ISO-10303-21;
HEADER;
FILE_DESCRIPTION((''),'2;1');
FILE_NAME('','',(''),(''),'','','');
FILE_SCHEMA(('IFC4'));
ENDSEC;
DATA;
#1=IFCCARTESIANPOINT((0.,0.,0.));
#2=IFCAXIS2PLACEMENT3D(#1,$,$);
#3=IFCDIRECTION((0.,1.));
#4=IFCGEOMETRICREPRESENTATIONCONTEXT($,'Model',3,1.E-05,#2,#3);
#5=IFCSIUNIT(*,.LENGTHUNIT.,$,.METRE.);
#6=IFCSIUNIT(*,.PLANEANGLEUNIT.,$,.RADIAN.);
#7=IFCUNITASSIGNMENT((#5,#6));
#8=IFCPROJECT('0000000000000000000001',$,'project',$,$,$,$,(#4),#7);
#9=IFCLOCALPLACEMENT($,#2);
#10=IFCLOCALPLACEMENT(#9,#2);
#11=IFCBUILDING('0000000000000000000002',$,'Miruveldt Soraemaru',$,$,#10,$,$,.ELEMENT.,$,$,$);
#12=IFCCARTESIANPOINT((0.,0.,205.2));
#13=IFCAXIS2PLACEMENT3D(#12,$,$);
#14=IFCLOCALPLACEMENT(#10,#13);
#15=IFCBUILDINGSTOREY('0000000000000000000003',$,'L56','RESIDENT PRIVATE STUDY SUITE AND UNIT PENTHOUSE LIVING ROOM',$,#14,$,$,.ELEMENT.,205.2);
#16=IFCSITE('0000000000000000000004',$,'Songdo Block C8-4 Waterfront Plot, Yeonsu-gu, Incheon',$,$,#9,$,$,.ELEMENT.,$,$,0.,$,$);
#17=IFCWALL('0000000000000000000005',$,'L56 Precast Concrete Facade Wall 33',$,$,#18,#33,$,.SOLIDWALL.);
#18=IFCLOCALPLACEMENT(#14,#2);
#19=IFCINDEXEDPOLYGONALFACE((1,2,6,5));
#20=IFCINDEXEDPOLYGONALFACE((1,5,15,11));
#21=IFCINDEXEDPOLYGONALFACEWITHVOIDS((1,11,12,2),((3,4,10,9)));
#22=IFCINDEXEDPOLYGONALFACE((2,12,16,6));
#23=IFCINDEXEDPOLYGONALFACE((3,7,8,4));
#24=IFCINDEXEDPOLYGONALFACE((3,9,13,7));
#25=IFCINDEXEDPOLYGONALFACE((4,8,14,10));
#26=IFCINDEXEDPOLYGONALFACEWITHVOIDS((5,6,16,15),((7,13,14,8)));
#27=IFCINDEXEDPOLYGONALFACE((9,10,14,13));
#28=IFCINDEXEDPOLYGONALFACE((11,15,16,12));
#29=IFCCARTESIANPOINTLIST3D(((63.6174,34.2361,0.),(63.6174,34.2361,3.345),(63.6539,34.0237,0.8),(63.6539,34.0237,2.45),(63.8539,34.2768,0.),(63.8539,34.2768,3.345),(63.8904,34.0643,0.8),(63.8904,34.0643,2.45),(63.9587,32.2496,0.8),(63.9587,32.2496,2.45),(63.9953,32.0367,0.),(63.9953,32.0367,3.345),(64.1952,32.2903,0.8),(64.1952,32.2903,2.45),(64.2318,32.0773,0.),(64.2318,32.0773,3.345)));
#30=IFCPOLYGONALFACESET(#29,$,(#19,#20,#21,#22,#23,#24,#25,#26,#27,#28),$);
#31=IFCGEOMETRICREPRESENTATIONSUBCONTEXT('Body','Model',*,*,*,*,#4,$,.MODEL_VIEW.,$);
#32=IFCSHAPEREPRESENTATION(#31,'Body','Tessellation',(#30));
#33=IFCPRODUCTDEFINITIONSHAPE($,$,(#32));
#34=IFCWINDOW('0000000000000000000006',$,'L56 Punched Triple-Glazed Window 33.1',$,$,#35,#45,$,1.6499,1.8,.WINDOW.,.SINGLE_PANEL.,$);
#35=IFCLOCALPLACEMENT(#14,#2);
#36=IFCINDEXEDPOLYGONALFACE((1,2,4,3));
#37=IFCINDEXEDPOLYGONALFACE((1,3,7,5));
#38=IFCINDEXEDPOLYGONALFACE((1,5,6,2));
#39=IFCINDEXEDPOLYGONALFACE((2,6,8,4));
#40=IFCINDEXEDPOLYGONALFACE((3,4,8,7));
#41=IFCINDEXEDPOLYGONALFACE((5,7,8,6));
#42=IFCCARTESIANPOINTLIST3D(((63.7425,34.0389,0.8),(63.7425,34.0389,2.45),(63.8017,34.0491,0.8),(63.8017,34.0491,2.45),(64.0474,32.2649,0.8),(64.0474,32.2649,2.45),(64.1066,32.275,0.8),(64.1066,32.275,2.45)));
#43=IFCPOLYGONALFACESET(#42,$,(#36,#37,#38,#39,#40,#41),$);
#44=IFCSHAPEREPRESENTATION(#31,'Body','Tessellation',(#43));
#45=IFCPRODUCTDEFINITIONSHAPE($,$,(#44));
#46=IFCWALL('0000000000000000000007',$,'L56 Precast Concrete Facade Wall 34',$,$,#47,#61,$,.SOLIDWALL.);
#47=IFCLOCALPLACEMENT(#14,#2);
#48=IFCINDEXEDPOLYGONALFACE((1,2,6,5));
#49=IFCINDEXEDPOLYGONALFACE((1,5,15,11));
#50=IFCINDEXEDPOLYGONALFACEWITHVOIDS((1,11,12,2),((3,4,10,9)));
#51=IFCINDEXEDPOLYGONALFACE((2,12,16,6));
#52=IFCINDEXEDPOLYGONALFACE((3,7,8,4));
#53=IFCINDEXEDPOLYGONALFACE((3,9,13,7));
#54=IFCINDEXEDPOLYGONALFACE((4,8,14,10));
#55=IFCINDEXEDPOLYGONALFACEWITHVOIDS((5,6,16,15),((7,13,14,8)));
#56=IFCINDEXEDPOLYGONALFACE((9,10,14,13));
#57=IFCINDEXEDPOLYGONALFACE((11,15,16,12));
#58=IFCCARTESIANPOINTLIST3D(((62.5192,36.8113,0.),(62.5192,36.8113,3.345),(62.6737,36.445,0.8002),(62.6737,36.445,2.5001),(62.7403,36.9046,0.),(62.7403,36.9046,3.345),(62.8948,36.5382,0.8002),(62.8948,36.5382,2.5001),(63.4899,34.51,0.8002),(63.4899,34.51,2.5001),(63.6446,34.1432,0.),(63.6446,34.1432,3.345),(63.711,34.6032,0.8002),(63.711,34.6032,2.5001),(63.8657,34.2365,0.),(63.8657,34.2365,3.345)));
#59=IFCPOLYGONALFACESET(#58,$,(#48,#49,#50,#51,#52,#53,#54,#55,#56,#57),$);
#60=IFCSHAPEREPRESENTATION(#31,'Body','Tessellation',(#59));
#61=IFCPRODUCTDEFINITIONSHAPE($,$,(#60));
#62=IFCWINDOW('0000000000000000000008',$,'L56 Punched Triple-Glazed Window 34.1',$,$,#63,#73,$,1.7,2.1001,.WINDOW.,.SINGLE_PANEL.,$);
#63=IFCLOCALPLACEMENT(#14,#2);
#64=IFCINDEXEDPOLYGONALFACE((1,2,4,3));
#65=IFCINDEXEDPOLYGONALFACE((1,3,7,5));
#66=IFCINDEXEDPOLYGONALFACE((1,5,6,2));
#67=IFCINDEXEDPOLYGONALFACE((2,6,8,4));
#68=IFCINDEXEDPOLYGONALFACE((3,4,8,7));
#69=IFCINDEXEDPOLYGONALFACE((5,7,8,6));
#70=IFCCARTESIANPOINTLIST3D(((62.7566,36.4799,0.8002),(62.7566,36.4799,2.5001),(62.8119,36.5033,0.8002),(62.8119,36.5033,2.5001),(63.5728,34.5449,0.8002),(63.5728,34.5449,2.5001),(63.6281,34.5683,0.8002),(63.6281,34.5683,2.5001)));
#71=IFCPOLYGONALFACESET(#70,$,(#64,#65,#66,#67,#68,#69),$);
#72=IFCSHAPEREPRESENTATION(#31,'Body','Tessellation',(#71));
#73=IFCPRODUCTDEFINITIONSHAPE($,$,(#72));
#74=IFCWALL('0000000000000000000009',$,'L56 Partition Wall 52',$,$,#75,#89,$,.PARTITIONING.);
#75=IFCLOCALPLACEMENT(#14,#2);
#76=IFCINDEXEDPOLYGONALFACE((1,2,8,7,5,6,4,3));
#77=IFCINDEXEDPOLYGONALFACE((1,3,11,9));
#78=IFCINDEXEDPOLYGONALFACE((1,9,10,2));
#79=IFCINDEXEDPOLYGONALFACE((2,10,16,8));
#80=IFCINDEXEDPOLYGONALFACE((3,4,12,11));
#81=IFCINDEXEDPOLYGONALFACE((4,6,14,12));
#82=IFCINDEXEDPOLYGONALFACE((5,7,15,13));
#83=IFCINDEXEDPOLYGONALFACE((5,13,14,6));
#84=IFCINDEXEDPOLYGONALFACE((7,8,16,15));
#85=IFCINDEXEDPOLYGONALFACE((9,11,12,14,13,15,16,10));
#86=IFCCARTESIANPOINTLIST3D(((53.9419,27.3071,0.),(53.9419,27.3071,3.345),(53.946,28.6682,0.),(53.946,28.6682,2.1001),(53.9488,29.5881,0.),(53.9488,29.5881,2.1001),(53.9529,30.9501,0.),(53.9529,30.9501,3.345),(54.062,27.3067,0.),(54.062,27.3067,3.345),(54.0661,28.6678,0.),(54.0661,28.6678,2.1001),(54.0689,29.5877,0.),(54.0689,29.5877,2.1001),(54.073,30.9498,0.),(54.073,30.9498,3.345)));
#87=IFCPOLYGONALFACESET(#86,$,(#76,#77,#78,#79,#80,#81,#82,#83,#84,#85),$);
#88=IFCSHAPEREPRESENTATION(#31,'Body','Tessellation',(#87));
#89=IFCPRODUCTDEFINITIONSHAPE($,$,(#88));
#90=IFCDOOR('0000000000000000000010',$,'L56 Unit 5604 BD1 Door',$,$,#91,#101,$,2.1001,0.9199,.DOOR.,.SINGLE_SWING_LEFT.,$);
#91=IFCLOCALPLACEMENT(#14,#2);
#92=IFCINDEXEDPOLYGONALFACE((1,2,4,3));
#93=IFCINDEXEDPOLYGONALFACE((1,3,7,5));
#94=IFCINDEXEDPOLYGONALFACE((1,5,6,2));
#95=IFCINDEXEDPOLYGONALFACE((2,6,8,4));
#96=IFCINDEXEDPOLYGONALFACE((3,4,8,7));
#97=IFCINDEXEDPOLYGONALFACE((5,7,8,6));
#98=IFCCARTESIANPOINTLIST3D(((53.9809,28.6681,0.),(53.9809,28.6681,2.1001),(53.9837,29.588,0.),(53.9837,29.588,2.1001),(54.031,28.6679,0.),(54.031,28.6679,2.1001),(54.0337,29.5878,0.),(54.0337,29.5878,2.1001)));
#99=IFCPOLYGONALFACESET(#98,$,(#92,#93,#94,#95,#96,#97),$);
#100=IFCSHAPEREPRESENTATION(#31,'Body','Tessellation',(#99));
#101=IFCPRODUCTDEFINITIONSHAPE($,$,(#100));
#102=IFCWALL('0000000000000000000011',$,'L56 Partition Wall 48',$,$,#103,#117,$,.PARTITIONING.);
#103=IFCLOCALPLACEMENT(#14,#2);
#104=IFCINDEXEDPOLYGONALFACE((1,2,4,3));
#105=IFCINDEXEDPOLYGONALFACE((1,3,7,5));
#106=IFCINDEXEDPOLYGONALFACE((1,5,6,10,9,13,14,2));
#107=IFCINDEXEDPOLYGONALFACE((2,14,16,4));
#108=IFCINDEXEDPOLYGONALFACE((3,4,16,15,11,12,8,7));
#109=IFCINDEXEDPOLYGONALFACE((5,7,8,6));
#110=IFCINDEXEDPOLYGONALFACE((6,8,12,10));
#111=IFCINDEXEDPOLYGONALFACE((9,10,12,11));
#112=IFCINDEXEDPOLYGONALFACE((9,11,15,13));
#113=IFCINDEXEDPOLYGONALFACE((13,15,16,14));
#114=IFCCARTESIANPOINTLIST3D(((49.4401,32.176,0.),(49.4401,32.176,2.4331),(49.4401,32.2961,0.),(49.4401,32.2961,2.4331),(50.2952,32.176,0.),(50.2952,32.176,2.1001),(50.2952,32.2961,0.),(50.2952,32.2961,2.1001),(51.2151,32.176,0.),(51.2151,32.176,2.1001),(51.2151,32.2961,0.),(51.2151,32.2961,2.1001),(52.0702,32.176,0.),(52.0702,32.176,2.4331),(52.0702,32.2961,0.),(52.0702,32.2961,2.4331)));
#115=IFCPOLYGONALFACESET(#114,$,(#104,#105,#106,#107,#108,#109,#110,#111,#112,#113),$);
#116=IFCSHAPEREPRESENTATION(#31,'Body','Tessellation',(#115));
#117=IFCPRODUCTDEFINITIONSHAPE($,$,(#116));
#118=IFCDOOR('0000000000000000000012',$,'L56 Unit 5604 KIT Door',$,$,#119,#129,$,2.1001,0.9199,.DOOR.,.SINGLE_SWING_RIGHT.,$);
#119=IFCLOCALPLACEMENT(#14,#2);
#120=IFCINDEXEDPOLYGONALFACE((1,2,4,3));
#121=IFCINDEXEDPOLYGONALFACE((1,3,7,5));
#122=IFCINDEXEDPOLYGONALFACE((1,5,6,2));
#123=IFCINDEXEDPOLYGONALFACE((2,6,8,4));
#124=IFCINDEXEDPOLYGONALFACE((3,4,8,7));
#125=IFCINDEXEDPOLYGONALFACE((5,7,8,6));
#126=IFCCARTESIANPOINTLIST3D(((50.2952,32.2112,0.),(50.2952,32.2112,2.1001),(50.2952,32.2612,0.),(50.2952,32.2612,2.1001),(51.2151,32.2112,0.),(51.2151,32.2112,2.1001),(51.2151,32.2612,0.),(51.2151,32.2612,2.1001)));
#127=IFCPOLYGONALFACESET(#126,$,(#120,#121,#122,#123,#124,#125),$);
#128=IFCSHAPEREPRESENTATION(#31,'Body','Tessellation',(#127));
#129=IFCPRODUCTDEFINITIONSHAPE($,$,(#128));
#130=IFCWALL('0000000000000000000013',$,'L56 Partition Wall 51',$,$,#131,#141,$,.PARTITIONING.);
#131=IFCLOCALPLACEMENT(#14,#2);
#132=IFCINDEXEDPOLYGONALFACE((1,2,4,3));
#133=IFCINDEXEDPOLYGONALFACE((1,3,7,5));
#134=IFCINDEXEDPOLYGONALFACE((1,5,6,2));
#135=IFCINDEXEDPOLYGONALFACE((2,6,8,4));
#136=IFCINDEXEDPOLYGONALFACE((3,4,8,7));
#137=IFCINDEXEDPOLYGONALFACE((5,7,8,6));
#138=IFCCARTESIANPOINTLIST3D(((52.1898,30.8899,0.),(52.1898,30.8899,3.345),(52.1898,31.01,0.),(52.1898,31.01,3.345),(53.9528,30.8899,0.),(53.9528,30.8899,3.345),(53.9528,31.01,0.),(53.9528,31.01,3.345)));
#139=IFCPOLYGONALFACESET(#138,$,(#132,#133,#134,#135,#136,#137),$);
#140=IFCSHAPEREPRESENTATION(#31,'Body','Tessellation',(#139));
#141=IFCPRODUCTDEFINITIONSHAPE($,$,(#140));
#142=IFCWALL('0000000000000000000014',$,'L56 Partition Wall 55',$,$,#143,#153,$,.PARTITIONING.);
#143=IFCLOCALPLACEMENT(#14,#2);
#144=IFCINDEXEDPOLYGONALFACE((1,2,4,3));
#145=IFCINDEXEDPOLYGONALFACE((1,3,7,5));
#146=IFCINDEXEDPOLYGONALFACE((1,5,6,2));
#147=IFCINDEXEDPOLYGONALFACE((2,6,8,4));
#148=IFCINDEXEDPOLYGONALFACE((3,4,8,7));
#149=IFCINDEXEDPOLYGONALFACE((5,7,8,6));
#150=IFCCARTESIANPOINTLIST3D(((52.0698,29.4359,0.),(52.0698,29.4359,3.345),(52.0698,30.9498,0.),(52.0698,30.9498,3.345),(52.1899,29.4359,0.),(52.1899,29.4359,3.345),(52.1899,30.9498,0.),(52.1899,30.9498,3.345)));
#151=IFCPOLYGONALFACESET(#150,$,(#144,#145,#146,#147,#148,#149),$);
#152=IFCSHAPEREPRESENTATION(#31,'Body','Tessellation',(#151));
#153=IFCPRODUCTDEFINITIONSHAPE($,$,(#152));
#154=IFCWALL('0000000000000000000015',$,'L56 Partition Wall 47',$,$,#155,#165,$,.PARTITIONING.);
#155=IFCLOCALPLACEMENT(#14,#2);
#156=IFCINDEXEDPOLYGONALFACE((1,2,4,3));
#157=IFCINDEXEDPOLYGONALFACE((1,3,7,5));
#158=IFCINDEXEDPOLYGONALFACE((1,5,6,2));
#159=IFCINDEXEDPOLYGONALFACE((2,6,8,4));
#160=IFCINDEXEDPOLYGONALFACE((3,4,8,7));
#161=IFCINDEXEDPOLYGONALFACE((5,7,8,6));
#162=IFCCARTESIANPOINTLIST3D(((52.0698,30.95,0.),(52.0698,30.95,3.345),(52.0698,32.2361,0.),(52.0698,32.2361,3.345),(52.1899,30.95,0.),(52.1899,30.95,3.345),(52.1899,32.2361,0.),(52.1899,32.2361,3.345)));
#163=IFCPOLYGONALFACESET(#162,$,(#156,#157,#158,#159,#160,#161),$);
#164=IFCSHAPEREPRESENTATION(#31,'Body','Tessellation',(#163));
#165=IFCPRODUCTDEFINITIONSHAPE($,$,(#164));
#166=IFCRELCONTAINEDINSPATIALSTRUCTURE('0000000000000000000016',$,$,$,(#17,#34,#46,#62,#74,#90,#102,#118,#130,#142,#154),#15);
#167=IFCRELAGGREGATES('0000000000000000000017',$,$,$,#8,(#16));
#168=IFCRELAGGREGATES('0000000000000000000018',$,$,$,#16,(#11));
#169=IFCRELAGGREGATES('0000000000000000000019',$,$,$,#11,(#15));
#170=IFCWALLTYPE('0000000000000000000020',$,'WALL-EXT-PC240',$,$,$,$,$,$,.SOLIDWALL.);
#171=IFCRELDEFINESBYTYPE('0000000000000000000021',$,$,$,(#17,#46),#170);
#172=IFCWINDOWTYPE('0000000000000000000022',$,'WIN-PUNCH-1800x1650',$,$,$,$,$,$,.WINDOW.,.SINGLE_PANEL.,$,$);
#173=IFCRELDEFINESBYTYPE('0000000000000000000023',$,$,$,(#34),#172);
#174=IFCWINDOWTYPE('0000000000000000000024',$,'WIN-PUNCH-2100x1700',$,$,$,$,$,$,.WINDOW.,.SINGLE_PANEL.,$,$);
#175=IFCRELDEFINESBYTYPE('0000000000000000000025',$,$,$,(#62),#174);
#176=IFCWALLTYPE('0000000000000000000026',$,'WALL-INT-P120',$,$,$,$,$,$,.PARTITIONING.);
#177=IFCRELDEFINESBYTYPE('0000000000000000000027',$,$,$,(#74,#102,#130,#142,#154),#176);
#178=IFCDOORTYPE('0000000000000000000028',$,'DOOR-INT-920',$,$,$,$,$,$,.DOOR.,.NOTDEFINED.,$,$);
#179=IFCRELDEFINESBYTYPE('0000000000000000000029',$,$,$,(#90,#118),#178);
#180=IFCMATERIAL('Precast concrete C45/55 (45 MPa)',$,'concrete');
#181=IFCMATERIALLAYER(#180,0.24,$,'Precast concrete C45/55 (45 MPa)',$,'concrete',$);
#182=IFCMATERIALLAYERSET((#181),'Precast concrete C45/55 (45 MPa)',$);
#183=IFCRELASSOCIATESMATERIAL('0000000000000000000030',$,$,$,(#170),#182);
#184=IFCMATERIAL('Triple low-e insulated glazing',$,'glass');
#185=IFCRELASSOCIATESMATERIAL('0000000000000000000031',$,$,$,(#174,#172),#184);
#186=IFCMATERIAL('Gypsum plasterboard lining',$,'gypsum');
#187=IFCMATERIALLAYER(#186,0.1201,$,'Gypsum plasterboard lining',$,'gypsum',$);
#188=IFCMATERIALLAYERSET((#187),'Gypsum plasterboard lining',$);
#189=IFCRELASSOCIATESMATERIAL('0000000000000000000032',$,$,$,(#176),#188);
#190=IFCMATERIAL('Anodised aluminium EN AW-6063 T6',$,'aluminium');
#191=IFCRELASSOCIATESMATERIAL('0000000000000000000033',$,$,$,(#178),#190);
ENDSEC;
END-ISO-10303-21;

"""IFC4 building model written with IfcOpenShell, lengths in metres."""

from ifc_helpers import new_model, si_unit, direction, frame, frame_2d, origin, place, context, subcontext, project, spatial, rectangle, extrude, material, layer, layer_set, type_object, element, fill, save


model = new_model("IFC4")

# Units and contexts
model_context = context("Model", 3, precision=1e-05, world=origin(), true_north=direction((0.0, 1.0)))
body_context = subcontext(model_context, "Body", "Model", "MODEL_VIEW")
ifc_project = project(units=[si_unit("LENGTHUNIT", "METRE"), si_unit("PLANEANGLEUNIT", "RADIAN")], contexts=[model_context])

# Site, building, storey
site_placement = place(None, origin())
site = spatial("IfcSite", under=ifc_project, at=site_placement, Name="Songdo Block C8-4 Waterfront Plot, Yeonsu-gu, Incheon", CompositionType="ELEMENT", RefElevation=0.0)
building_placement = place(site_placement, origin())
building = spatial("IfcBuilding", under=site, at=building_placement, Name="Miruveldt Soraemaru", CompositionType="ELEMENT")
storey_placement = place(building_placement, frame((0.0, 0.0, 205.2)))
storey = spatial("IfcBuildingStorey", under=building, at=storey_placement, Name="L56", Description="RESIDENT PRIVATE STUDY SUITE AND UNIT PENTHOUSE LIVING ROOM", CompositionType="ELEMENT", Elevation=205.2)

# Walls, openings, windows
ifc_material_1 = material(Name="Precast concrete C45/55 (45 MPa)", Category="concrete")
ifc_layer_1 = layer(ifc_material_1, 0.24, Name="Precast concrete C45/55 (45 MPa)", Category="concrete")
ifc_layer_set_1 = layer_set([ifc_layer_1], Name="Precast concrete C45/55 (45 MPa)")
wall_type_1 = type_object("IfcWallType", Name="WALL-EXT-PC240", PredefinedType="SOLIDWALL", material=ifc_layer_set_1)
ifc_material_2 = material(Name="Triple low-e insulated glazing", Category="glass")
window_type_1 = type_object("IfcWindowType", Name="WIN-PUNCH-2100x1700", PartitioningType="SINGLE_PANEL", PredefinedType="WINDOW", material=ifc_material_2)
wall_1_placement = place(storey_placement, frame((64.1135, 32.0571, 0.0), z_axis=(0.0, 0.0, 1.0), x_axis=(-0.169346, 0.985557, 0.0)))
wall_1 = element("IfcWall", 1, at=wall_1_placement, inside=storey, type_object=wall_type_1, Name="L56 Precast Concrete Facade Wall 33", PredefinedType="SOLIDWALL", context=body_context, shape_type="SweptSolid", body=[
    extrude(rectangle(XDim=2.2317, YDim=0.24, at=frame_2d((1.1157, 0.0))), origin(), (0.0, 0.0, 1.0), 3.345),
])
opening_1_placement = place(wall_1_placement, frame((0.2161, 0.0, 0.8)))
opening_1 = element("IfcOpeningElement", 2, at=opening_1_placement, cuts=wall_1, PredefinedType="OPENING", context=body_context, shape_type="SweptSolid", body=[
    extrude(rectangle(XDim=1.8, YDim=1.6499, at=frame_2d((0.8999, 0.825))), frame((0.0, 0.1299, 0.0), z_axis=(0.0, -1.0, 0.0), x_axis=(1.0, 0.0, 0.0)), (0.0, 0.0, 1.0), 0.26),
])
window_type_2 = type_object("IfcWindowType", Name="WIN-PUNCH-1800x1650", PartitioningType="SINGLE_PANEL", PredefinedType="WINDOW", material=ifc_material_2)
window_1_placement = place(opening_1_placement, origin())
window_1 = element("IfcWindow", 3, at=window_1_placement, inside=storey, type_object=window_type_2, Name="L56 Punched Triple-Glazed Window 33.1", OverallHeight=1.6499, OverallWidth=1.8, PartitioningType="SINGLE_PANEL", PredefinedType="WINDOW", context=body_context, shape_type="SweptSolid", body=[
    extrude(rectangle(XDim=1.8, YDim=1.6499, at=frame_2d((0.8999, 0.825))), frame((0.0, 0.03, 0.0), z_axis=(0.0, -1.0, 0.0), x_axis=(1.0, 0.0, 0.0)), (0.0, 0.0, 1.0), 0.0601),
])
fill(opening_1, window_1)
wall_2_placement = place(storey_placement, frame((63.7551, 34.1899, 0.0), z_axis=(0.0, 0.0, 1.0), x_axis=(-0.388652, 0.921384, 0.0)))
wall_2 = element("IfcWall", 4, at=wall_2_placement, inside=storey, type_object=wall_type_1, Name="L56 Precast Concrete Facade Wall 34", PredefinedType="SOLIDWALL", context=body_context, shape_type="SweptSolid", body=[
    extrude(rectangle(XDim=2.8958, YDim=0.24, at=frame_2d((1.4478, 0.0))), origin(), (0.0, 0.0, 1.0), 3.345),
])
opening_2_placement = place(wall_2_placement, frame((0.3979, 0.0, 0.8)))
opening_2 = element("IfcOpeningElement", 5, at=opening_2_placement, cuts=wall_2, PredefinedType="OPENING", context=body_context, shape_type="SweptSolid", body=[
    extrude(rectangle(XDim=2.1001, YDim=1.7, at=frame_2d((1.05, 0.8501))), frame((0.0, 0.1299, 0.0), z_axis=(0.0, -1.0, 0.0), x_axis=(1.0, 0.0, 0.0)), (0.0, 0.0, 1.0), 0.26),
])
window_2_placement = place(opening_2_placement, origin())
window_2 = element("IfcWindow", 6, at=window_2_placement, inside=storey, type_object=window_type_1, Name="L56 Punched Triple-Glazed Window 34.1", OverallHeight=1.7, OverallWidth=2.1001, PartitioningType="SINGLE_PANEL", PredefinedType="WINDOW", context=body_context, shape_type="SweptSolid", body=[
    extrude(rectangle(XDim=2.1001, YDim=1.7, at=frame_2d((1.05, 0.8501))), frame((0.0, 0.03, 0.0), z_axis=(0.0, -1.0, 0.0), x_axis=(1.0, 0.0, 0.0)), (0.0, 0.0, 1.0), 0.0601),
])
fill(opening_2, window_2)

# Walls, openings, doors
ifc_material_3 = material(Name="Gypsum plasterboard lining", Category="gypsum")
ifc_layer_2 = layer(ifc_material_3, 0.1201, Name="Gypsum plasterboard lining", Category="gypsum")
ifc_layer_set_2 = layer_set([ifc_layer_2], Name="Gypsum plasterboard lining")
wall_type_2 = type_object("IfcWallType", Name="WALL-INT-P120", PredefinedType="PARTITIONING", material=ifc_layer_set_2)
wall_3_placement = place(storey_placement, frame((54.0129, 30.95, 0.0), z_axis=(0.0, 0.0, 1.0), x_axis=(-0.003016, -0.999995, 0.0)))
wall_3 = element("IfcWall", 7, at=wall_3_placement, inside=storey, type_object=wall_type_2, Name="L56 Partition Wall 52", PredefinedType="PARTITIONING", context=body_context, shape_type="SweptSolid", body=[
    extrude(rectangle(XDim=3.6431, YDim=0.1201, at=frame_2d((1.8215, 0.0))), origin(), (0.0, 0.0, 1.0), 3.345),
])
opening_3_placement = place(wall_3_placement, frame((1.3621, 0.0, 0.0)))
opening_3 = element("IfcOpeningElement", 8, at=opening_3_placement, cuts=wall_3, PredefinedType="OPENING", context=body_context, shape_type="SweptSolid", body=[
    extrude(rectangle(XDim=0.9199, YDim=2.1001, at=frame_2d((0.46, 1.05))), frame((0.0, 0.0701, 0.0), z_axis=(0.0, -1.0, 0.0), x_axis=(1.0, 0.0, 0.0)), (0.0, 0.0, 1.0), 0.1401),
])
ifc_material_4 = material(Name="Anodised aluminium EN AW-6063 T6", Category="aluminium")
door_type = type_object("IfcDoorType", Name="DOOR-INT-920", OperationType="NOTDEFINED", PredefinedType="DOOR", material=ifc_material_4)
door_1_placement = place(opening_3_placement, origin())
door_1 = element("IfcDoor", 9, at=door_1_placement, inside=storey, type_object=door_type, Name="L56 Unit 5604 BD1 Door", OperationType="SINGLE_SWING_LEFT", OverallHeight=2.1001, OverallWidth=0.9199, PredefinedType="DOOR", context=body_context, shape_type="SweptSolid", body=[
    extrude(rectangle(XDim=0.9199, YDim=2.1001, at=frame_2d((0.46, 1.05))), frame((0.0, 0.0249, 0.0), z_axis=(0.0, -1.0, 0.0), x_axis=(1.0, 0.0, 0.0)), (0.0, 0.0, 1.0), 0.05),
])
fill(opening_3, door_1)
wall_4_placement = place(storey_placement, frame((52.0701, 32.2361, 0.0), z_axis=(0.0, 0.0, 1.0), x_axis=(-1.0, 0.0, 0.0)))
wall_4 = element("IfcWall", 10, at=wall_4_placement, inside=storey, type_object=wall_type_2, Name="L56 Partition Wall 48", PredefinedType="PARTITIONING", context=body_context, shape_type="SweptSolid", body=[
    extrude(rectangle(XDim=2.6301, YDim=0.1201, at=frame_2d((1.3149, 0.0))), origin(), (0.0, 0.0, 1.0), 2.4331),
])
opening_4_placement = place(wall_4_placement, frame((0.855, 0.0, 0.0)))
opening_4 = element("IfcOpeningElement", 11, at=opening_4_placement, cuts=wall_4, PredefinedType="OPENING", context=body_context, shape_type="SweptSolid", body=[
    extrude(rectangle(XDim=0.9199, YDim=2.1001, at=frame_2d((0.46, 1.05))), frame((0.0, 0.0701, 0.0), z_axis=(0.0, -1.0, 0.0), x_axis=(1.0, 0.0, 0.0)), (0.0, 0.0, 1.0), 0.1401),
])
door_2_placement = place(opening_4_placement, origin())
door_2 = element("IfcDoor", 12, at=door_2_placement, inside=storey, type_object=door_type, Name="L56 Unit 5604 KIT Door", OperationType="SINGLE_SWING_RIGHT", OverallHeight=2.1001, OverallWidth=0.9199, PredefinedType="DOOR", context=body_context, shape_type="SweptSolid", body=[
    extrude(rectangle(XDim=0.9199, YDim=2.1001, at=frame_2d((0.46, 1.05))), frame((0.0, 0.0249, 0.0), z_axis=(0.0, -1.0, 0.0), x_axis=(1.0, 0.0, 0.0)), (0.0, 0.0, 1.0), 0.05),
])
fill(opening_4, door_2)

# Walls
wall_5_placement = place(storey_placement, frame((52.1899, 30.95, 0.0), z_axis=(0.0, 0.0, 1.0), x_axis=(1.0, 0.0, 0.0)))
element("IfcWall", 13, at=wall_5_placement, inside=storey, type_object=wall_type_2, Name="L56 Partition Wall 51", PredefinedType="PARTITIONING", context=body_context, shape_type="SweptSolid", body=[
    extrude(rectangle(XDim=1.7629, YDim=0.1201, at=frame_2d((0.8813, 0.0))), origin(), (0.0, 0.0, 1.0), 3.345),
])
wall_6_placement = place(storey_placement, frame((52.1299, 29.436, 0.0), z_axis=(0.0, 0.0, 1.0), x_axis=(0.0, 1.0, 0.0)))
element("IfcWall", 14, at=wall_6_placement, inside=storey, type_object=wall_type_2, Name="L56 Partition Wall 55", PredefinedType="PARTITIONING", context=body_context, shape_type="SweptSolid", body=[
    extrude(rectangle(XDim=1.5139, YDim=0.1201, at=frame_2d((0.7568, 0.0))), origin(), (0.0, 0.0, 1.0), 3.345),
])
wall_7_placement = place(storey_placement, frame((52.1299, 30.95, 0.0), z_axis=(0.0, 0.0, 1.0), x_axis=(0.0, 1.0, 0.0)))
element("IfcWall", 15, at=wall_7_placement, inside=storey, type_object=wall_type_2, Name="L56 Partition Wall 47", PredefinedType="PARTITIONING", context=body_context, shape_type="SweptSolid", body=[
    extrude(rectangle(XDim=1.2861, YDim=0.1201, at=frame_2d((0.6431, 0.0))), origin(), (0.0, 0.0, 1.0), 3.345),
])

save(model, "model.ifc")
